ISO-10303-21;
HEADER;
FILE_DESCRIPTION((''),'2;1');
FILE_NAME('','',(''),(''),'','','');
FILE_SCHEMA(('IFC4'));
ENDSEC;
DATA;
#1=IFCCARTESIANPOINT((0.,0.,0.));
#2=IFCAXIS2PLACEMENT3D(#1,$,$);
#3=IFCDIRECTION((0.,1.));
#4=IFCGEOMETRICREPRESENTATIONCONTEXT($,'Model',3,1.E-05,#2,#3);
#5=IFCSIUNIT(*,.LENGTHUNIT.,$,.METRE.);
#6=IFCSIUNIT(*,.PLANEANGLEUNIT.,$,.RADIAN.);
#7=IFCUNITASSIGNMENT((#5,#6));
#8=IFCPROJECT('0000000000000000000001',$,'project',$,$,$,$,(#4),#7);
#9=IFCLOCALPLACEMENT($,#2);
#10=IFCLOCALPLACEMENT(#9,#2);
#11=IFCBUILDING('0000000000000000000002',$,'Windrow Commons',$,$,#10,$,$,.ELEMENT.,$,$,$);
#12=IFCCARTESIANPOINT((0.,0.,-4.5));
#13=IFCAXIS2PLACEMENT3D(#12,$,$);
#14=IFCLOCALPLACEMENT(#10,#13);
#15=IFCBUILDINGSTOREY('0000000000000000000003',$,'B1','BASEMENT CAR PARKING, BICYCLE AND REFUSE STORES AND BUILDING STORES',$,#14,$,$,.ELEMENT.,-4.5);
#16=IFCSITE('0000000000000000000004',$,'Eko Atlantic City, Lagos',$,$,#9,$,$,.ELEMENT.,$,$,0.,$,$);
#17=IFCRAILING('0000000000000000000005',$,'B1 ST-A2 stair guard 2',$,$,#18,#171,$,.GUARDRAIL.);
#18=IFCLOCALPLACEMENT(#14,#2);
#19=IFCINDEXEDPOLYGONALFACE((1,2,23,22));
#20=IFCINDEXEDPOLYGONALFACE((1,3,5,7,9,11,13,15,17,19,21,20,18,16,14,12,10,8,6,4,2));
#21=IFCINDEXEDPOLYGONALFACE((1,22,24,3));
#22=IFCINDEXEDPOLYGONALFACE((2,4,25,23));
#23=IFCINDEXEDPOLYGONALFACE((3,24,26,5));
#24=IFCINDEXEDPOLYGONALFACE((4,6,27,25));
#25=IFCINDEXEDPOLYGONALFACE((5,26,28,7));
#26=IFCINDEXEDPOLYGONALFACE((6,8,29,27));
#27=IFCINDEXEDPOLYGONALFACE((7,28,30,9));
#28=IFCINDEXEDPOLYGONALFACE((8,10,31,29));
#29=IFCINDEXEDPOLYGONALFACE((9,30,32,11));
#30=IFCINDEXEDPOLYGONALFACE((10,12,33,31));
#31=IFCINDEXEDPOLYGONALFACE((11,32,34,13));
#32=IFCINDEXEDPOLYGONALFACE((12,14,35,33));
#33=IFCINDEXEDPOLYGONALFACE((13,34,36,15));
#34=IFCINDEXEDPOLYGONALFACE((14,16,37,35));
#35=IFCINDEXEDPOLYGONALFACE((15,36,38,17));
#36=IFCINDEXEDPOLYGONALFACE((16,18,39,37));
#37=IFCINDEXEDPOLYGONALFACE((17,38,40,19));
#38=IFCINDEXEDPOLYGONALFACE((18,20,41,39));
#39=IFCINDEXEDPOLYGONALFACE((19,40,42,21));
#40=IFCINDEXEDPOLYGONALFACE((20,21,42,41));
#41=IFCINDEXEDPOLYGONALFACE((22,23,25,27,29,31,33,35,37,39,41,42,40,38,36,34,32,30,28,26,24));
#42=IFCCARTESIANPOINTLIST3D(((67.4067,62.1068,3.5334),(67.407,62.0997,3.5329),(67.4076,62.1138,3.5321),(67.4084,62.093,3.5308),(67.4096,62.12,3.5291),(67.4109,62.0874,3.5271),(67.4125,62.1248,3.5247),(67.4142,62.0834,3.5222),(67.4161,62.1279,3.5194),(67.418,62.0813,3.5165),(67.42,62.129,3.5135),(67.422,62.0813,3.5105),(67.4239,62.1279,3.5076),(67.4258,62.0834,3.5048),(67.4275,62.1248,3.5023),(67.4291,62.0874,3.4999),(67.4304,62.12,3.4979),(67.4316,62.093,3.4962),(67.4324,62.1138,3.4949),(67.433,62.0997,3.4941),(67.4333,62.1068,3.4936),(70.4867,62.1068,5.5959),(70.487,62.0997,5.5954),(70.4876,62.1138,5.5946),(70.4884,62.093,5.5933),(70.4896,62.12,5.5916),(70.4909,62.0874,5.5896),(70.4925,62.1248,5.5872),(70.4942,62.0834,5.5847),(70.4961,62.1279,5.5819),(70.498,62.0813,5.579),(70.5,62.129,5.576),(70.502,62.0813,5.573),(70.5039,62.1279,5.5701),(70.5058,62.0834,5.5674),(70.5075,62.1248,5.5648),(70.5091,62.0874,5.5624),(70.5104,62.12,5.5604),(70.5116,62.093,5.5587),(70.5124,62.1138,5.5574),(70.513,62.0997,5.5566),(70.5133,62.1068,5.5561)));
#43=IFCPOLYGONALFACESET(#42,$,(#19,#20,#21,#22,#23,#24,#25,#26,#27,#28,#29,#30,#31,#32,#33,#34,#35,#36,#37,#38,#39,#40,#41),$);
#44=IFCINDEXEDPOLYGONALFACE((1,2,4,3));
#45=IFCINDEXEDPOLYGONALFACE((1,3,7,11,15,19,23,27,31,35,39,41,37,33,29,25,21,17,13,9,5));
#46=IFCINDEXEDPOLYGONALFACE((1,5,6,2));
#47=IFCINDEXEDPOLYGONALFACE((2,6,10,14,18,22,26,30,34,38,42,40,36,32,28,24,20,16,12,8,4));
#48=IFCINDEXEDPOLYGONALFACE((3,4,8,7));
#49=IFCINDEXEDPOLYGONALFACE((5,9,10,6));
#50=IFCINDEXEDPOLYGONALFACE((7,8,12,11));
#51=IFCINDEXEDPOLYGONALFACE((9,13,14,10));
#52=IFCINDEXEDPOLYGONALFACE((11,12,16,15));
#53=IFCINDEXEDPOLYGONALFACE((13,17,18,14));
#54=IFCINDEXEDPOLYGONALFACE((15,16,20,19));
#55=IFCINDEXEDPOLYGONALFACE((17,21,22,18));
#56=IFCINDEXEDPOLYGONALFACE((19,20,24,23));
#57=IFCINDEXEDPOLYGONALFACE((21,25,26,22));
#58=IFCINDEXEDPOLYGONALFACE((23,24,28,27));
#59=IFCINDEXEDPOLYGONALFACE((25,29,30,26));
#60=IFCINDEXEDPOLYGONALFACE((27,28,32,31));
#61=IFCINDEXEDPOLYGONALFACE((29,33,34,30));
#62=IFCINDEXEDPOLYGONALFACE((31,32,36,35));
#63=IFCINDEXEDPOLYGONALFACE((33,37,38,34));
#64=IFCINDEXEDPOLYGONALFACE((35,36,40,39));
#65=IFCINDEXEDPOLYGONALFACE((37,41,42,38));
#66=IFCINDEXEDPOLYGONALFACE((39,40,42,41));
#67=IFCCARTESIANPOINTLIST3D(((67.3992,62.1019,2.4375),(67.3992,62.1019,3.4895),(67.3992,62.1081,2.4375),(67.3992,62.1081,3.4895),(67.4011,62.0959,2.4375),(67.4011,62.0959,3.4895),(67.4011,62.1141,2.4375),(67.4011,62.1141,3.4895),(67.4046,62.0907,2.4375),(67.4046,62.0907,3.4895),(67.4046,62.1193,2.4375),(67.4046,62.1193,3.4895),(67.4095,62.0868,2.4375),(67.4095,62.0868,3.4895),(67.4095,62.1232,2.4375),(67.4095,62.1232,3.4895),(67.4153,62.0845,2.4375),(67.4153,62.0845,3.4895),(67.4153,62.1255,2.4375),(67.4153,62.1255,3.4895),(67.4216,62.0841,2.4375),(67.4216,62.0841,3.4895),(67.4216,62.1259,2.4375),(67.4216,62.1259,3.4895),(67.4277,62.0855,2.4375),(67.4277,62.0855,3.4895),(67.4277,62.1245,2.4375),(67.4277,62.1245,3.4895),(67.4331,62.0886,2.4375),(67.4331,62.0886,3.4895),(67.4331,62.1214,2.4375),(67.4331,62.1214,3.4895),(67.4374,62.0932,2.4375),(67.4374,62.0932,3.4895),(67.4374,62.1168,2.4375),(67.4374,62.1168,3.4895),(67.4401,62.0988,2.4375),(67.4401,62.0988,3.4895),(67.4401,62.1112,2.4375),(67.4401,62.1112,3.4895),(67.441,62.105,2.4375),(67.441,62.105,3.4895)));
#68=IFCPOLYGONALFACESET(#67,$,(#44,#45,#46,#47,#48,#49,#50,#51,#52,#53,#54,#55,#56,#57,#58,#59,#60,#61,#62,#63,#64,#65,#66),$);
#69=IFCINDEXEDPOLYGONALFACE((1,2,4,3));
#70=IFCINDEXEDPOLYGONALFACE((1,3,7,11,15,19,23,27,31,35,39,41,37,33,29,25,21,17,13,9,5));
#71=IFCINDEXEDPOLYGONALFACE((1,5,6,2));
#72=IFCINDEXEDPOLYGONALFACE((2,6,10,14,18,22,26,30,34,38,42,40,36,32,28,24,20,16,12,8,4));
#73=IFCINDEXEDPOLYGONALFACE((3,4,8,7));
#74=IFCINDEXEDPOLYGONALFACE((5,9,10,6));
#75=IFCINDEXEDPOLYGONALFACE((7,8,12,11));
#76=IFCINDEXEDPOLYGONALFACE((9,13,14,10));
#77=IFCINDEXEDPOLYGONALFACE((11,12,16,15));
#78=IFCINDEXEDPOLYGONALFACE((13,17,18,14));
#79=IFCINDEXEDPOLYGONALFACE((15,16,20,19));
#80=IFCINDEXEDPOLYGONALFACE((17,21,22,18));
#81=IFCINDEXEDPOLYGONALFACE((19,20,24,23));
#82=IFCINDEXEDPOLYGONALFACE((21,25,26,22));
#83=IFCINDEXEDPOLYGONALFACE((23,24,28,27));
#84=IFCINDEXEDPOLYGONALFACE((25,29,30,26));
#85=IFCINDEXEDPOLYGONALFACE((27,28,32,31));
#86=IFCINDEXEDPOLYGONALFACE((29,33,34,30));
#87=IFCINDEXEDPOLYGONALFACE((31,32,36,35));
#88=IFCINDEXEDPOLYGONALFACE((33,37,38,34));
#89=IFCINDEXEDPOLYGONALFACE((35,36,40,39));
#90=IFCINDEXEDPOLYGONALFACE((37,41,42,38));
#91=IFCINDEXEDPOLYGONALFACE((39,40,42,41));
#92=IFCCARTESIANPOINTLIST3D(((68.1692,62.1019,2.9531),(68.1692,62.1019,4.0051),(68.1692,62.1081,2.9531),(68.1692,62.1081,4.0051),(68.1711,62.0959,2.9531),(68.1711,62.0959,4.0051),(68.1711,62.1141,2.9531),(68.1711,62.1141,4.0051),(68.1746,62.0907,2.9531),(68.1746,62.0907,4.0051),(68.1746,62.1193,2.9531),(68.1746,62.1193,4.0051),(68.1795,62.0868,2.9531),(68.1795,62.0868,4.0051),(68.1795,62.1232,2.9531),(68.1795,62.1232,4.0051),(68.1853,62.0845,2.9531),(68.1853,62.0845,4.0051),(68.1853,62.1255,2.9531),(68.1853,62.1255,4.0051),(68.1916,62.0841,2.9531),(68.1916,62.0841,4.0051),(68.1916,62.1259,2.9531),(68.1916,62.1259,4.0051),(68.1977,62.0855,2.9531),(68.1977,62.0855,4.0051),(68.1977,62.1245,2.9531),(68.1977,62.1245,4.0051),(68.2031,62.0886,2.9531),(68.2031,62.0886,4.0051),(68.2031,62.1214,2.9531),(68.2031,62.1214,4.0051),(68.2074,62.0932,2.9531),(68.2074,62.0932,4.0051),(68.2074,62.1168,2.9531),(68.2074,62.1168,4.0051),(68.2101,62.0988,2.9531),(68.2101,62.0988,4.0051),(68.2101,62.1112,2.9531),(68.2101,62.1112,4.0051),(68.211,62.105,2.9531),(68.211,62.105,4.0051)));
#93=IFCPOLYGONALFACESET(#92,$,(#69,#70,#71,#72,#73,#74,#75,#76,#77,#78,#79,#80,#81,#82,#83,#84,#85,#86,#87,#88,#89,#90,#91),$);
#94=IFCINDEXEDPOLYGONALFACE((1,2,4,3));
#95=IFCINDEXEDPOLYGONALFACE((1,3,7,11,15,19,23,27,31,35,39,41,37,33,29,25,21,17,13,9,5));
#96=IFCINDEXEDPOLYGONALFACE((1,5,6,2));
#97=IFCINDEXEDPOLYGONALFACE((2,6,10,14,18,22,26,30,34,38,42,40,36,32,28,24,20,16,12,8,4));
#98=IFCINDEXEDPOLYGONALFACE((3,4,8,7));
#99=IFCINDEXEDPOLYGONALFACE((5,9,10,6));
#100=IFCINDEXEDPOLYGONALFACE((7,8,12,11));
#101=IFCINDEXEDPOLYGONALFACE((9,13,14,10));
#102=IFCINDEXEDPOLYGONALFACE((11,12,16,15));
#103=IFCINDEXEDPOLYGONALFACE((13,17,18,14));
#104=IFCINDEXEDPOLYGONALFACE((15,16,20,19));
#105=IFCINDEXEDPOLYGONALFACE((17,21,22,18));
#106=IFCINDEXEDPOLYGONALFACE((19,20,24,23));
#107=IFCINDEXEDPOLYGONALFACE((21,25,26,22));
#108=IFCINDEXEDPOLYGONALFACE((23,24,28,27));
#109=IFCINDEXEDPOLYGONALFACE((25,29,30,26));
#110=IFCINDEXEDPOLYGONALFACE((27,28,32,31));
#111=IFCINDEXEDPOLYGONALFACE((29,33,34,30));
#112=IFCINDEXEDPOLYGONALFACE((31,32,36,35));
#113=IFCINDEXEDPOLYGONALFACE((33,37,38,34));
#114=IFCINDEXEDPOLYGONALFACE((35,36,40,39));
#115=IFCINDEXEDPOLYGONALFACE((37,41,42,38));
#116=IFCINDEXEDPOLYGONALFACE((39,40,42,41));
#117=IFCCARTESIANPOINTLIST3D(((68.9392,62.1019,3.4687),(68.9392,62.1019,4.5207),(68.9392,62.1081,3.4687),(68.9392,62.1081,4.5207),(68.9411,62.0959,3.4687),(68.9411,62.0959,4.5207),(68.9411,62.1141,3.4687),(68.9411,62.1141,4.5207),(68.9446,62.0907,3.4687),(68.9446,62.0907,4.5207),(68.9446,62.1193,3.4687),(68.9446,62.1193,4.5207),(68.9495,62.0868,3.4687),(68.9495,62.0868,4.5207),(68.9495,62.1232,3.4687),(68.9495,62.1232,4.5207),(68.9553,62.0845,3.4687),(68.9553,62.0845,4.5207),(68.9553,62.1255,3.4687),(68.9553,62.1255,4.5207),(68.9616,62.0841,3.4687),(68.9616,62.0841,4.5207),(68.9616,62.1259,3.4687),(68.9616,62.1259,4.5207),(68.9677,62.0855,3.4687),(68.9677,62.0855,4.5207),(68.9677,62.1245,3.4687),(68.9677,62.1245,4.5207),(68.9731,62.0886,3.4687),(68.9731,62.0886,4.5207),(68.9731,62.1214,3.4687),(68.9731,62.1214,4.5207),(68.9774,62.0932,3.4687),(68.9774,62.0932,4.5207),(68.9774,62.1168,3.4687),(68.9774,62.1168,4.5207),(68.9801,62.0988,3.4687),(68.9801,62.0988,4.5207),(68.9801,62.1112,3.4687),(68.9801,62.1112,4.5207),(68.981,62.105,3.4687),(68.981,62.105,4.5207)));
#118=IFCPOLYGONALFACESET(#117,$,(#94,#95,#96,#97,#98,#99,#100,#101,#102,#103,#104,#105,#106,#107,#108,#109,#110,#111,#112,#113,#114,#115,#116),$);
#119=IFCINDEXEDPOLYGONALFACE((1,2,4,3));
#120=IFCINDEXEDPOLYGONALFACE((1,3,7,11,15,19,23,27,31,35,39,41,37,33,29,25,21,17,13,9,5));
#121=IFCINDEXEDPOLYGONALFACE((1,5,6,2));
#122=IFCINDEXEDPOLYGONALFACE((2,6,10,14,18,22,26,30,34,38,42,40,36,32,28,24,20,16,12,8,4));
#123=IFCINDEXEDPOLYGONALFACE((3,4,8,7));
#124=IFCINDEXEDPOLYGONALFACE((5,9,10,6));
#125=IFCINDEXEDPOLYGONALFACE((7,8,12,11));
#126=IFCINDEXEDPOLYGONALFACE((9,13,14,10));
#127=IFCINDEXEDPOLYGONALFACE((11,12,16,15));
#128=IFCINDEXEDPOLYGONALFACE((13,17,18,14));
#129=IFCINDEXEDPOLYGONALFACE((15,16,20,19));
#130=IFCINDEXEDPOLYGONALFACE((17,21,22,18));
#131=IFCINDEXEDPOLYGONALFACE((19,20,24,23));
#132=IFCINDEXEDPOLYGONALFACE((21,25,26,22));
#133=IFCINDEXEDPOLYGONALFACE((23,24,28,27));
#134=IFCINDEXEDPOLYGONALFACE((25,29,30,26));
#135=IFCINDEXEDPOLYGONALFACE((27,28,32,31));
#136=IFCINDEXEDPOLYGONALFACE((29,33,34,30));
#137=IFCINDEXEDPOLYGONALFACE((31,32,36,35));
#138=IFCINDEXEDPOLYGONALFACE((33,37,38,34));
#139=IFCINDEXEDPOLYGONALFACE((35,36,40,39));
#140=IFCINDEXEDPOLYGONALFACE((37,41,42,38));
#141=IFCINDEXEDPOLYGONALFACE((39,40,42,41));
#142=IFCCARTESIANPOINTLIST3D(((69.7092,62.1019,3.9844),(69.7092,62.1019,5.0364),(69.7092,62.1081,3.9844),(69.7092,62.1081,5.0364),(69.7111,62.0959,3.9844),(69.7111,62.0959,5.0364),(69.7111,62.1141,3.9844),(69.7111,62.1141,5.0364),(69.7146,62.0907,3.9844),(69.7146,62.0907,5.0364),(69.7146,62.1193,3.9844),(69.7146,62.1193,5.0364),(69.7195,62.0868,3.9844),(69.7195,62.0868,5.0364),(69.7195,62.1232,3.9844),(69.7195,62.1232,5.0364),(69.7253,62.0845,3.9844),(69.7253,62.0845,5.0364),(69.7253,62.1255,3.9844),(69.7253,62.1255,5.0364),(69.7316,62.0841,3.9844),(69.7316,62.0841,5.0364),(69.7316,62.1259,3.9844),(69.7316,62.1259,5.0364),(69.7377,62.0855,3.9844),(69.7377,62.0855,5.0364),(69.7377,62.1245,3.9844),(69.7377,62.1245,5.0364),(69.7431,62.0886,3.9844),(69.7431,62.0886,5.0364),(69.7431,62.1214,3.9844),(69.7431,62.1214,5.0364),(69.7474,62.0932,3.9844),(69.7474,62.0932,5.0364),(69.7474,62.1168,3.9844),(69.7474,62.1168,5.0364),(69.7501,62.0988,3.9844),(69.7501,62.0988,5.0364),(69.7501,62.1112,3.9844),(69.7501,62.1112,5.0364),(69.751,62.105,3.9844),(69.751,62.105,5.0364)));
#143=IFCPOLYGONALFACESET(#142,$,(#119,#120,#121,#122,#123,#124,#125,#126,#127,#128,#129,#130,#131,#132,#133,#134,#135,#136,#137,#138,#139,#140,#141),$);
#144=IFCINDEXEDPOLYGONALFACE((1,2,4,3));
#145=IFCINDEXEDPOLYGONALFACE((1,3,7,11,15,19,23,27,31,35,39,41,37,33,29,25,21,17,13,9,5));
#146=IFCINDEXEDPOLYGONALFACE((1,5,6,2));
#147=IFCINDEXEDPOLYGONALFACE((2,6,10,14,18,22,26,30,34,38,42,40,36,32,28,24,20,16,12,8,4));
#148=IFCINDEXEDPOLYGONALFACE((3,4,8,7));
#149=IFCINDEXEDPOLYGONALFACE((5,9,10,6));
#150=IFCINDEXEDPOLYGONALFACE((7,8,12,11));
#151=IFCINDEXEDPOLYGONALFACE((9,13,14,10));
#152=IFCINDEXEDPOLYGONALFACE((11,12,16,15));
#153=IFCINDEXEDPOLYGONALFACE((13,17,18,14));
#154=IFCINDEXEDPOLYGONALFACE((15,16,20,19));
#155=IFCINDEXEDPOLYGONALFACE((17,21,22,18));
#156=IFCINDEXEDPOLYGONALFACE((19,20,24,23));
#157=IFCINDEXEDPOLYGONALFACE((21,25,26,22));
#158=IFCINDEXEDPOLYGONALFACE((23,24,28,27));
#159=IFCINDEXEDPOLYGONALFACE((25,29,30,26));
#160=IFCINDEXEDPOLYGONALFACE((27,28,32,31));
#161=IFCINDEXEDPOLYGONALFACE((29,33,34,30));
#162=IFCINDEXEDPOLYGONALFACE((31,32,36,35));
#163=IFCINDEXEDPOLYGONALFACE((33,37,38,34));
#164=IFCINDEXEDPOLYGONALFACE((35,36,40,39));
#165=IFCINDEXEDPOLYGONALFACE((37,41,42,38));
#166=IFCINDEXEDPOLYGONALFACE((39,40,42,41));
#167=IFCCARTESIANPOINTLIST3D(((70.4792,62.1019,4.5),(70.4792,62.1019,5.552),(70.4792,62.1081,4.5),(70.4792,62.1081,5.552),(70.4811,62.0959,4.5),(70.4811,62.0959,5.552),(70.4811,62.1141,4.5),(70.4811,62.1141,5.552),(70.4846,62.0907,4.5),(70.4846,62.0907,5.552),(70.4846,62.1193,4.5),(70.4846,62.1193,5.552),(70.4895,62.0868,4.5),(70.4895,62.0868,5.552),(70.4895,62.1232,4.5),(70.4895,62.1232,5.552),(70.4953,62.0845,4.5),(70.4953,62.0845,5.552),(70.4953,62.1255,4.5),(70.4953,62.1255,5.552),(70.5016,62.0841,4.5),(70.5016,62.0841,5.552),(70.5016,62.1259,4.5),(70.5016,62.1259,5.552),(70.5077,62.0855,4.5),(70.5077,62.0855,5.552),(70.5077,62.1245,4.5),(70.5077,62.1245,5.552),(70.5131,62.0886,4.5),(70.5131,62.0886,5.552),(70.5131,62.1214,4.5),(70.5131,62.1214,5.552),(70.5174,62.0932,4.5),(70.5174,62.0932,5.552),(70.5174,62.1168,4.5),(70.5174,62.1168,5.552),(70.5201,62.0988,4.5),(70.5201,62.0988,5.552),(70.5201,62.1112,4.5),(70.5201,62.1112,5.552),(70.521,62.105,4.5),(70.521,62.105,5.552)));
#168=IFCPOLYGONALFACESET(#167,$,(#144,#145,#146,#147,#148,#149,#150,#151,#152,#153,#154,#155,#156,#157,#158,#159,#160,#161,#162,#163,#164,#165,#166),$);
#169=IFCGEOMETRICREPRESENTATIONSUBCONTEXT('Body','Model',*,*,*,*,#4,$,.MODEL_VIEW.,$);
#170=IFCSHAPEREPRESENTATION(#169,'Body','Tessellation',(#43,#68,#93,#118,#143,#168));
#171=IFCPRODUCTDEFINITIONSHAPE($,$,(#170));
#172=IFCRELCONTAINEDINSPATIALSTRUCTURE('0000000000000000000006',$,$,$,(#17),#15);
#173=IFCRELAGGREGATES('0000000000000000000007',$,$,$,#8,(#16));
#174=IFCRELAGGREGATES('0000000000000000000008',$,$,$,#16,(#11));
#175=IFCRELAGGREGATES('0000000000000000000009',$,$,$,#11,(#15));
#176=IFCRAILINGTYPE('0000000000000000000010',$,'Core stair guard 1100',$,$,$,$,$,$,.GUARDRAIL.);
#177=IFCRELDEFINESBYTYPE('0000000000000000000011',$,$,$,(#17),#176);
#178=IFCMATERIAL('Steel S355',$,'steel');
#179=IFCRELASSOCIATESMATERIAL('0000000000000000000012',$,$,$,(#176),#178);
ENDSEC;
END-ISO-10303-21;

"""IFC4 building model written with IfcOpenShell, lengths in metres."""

from ifc_helpers import new_model, si_unit, direction, frame, origin, origin_2d, place, context, subcontext, project, spatial, circle, extrude, material, type_object, element, save


model = new_model("IFC4")

# Units and contexts
model_context = context("Model", 3, precision=1e-05, world=origin(), true_north=direction((0.0, 1.0)))
body_context = subcontext(model_context, "Body", "Model", "MODEL_VIEW")
ifc_project = project(units=[si_unit("LENGTHUNIT", "METRE"), si_unit("PLANEANGLEUNIT", "RADIAN")], contexts=[model_context])

# Site, building, storey
site_placement = place(None, origin())
site = spatial("IfcSite", under=ifc_project, at=site_placement, Name="Eko Atlantic City, Lagos", CompositionType="ELEMENT", RefElevation=0.0)
building_placement = place(site_placement, origin())
building = spatial("IfcBuilding", under=site, at=building_placement, Name="Windrow Commons", CompositionType="ELEMENT")
storey_placement = place(building_placement, frame((0.0, 0.0, -4.5)))
storey = spatial("IfcBuildingStorey", under=building, at=storey_placement, Name="B1", Description="BASEMENT CAR PARKING, BICYCLE AND REFUSE STORES AND BUILDING STORES", CompositionType="ELEMENT", Elevation=-4.5)

# Railing
ifc_material_1 = material(Name="Steel S355", Category="steel")
railing_type_1 = type_object("IfcRailingType", Name="Core stair guard 1100", PredefinedType="GUARDRAIL", material=ifc_material_1)
railing_1_placement = place(storey_placement, frame((67.42, 62.105, 2.4375)))
element("IfcRailing", 1, at=railing_1_placement, inside=storey, type_object=railing_type_1, Name="B1 ST-A2 stair guard 2", PredefinedType="GUARDRAIL", context=body_context, shape_type="SweptSolid", body=[
    extrude(circle(Radius=0.024, at=origin_2d()), frame((0.0, 0.0, 1.076), z_axis=(0.830907, 0.0, 0.556411), x_axis=(0.0, 1.0, 0.0)), (0.0, 0.0, 1.0), 3.7068),
    extrude(circle(Radius=0.021, at=origin_2d()), origin(), (0.0, 0.0, 1.0), 1.052),
    extrude(circle(Radius=0.021, at=origin_2d()), frame((0.77, 0.0, 0.5156)), (0.0, 0.0, 1.0), 1.052),
    extrude(circle(Radius=0.021, at=origin_2d()), frame((1.54, 0.0, 1.0312)), (0.0, 0.0, 1.0), 1.052),
    extrude(circle(Radius=0.021, at=origin_2d()), frame((2.31, 0.0, 1.5469)), (0.0, 0.0, 1.0), 1.052),
    extrude(circle(Radius=0.021, at=origin_2d()), frame((3.08, 0.0, 2.0625)), (0.0, 0.0, 1.0), 1.052),
])

save(model, "model.ifc")
